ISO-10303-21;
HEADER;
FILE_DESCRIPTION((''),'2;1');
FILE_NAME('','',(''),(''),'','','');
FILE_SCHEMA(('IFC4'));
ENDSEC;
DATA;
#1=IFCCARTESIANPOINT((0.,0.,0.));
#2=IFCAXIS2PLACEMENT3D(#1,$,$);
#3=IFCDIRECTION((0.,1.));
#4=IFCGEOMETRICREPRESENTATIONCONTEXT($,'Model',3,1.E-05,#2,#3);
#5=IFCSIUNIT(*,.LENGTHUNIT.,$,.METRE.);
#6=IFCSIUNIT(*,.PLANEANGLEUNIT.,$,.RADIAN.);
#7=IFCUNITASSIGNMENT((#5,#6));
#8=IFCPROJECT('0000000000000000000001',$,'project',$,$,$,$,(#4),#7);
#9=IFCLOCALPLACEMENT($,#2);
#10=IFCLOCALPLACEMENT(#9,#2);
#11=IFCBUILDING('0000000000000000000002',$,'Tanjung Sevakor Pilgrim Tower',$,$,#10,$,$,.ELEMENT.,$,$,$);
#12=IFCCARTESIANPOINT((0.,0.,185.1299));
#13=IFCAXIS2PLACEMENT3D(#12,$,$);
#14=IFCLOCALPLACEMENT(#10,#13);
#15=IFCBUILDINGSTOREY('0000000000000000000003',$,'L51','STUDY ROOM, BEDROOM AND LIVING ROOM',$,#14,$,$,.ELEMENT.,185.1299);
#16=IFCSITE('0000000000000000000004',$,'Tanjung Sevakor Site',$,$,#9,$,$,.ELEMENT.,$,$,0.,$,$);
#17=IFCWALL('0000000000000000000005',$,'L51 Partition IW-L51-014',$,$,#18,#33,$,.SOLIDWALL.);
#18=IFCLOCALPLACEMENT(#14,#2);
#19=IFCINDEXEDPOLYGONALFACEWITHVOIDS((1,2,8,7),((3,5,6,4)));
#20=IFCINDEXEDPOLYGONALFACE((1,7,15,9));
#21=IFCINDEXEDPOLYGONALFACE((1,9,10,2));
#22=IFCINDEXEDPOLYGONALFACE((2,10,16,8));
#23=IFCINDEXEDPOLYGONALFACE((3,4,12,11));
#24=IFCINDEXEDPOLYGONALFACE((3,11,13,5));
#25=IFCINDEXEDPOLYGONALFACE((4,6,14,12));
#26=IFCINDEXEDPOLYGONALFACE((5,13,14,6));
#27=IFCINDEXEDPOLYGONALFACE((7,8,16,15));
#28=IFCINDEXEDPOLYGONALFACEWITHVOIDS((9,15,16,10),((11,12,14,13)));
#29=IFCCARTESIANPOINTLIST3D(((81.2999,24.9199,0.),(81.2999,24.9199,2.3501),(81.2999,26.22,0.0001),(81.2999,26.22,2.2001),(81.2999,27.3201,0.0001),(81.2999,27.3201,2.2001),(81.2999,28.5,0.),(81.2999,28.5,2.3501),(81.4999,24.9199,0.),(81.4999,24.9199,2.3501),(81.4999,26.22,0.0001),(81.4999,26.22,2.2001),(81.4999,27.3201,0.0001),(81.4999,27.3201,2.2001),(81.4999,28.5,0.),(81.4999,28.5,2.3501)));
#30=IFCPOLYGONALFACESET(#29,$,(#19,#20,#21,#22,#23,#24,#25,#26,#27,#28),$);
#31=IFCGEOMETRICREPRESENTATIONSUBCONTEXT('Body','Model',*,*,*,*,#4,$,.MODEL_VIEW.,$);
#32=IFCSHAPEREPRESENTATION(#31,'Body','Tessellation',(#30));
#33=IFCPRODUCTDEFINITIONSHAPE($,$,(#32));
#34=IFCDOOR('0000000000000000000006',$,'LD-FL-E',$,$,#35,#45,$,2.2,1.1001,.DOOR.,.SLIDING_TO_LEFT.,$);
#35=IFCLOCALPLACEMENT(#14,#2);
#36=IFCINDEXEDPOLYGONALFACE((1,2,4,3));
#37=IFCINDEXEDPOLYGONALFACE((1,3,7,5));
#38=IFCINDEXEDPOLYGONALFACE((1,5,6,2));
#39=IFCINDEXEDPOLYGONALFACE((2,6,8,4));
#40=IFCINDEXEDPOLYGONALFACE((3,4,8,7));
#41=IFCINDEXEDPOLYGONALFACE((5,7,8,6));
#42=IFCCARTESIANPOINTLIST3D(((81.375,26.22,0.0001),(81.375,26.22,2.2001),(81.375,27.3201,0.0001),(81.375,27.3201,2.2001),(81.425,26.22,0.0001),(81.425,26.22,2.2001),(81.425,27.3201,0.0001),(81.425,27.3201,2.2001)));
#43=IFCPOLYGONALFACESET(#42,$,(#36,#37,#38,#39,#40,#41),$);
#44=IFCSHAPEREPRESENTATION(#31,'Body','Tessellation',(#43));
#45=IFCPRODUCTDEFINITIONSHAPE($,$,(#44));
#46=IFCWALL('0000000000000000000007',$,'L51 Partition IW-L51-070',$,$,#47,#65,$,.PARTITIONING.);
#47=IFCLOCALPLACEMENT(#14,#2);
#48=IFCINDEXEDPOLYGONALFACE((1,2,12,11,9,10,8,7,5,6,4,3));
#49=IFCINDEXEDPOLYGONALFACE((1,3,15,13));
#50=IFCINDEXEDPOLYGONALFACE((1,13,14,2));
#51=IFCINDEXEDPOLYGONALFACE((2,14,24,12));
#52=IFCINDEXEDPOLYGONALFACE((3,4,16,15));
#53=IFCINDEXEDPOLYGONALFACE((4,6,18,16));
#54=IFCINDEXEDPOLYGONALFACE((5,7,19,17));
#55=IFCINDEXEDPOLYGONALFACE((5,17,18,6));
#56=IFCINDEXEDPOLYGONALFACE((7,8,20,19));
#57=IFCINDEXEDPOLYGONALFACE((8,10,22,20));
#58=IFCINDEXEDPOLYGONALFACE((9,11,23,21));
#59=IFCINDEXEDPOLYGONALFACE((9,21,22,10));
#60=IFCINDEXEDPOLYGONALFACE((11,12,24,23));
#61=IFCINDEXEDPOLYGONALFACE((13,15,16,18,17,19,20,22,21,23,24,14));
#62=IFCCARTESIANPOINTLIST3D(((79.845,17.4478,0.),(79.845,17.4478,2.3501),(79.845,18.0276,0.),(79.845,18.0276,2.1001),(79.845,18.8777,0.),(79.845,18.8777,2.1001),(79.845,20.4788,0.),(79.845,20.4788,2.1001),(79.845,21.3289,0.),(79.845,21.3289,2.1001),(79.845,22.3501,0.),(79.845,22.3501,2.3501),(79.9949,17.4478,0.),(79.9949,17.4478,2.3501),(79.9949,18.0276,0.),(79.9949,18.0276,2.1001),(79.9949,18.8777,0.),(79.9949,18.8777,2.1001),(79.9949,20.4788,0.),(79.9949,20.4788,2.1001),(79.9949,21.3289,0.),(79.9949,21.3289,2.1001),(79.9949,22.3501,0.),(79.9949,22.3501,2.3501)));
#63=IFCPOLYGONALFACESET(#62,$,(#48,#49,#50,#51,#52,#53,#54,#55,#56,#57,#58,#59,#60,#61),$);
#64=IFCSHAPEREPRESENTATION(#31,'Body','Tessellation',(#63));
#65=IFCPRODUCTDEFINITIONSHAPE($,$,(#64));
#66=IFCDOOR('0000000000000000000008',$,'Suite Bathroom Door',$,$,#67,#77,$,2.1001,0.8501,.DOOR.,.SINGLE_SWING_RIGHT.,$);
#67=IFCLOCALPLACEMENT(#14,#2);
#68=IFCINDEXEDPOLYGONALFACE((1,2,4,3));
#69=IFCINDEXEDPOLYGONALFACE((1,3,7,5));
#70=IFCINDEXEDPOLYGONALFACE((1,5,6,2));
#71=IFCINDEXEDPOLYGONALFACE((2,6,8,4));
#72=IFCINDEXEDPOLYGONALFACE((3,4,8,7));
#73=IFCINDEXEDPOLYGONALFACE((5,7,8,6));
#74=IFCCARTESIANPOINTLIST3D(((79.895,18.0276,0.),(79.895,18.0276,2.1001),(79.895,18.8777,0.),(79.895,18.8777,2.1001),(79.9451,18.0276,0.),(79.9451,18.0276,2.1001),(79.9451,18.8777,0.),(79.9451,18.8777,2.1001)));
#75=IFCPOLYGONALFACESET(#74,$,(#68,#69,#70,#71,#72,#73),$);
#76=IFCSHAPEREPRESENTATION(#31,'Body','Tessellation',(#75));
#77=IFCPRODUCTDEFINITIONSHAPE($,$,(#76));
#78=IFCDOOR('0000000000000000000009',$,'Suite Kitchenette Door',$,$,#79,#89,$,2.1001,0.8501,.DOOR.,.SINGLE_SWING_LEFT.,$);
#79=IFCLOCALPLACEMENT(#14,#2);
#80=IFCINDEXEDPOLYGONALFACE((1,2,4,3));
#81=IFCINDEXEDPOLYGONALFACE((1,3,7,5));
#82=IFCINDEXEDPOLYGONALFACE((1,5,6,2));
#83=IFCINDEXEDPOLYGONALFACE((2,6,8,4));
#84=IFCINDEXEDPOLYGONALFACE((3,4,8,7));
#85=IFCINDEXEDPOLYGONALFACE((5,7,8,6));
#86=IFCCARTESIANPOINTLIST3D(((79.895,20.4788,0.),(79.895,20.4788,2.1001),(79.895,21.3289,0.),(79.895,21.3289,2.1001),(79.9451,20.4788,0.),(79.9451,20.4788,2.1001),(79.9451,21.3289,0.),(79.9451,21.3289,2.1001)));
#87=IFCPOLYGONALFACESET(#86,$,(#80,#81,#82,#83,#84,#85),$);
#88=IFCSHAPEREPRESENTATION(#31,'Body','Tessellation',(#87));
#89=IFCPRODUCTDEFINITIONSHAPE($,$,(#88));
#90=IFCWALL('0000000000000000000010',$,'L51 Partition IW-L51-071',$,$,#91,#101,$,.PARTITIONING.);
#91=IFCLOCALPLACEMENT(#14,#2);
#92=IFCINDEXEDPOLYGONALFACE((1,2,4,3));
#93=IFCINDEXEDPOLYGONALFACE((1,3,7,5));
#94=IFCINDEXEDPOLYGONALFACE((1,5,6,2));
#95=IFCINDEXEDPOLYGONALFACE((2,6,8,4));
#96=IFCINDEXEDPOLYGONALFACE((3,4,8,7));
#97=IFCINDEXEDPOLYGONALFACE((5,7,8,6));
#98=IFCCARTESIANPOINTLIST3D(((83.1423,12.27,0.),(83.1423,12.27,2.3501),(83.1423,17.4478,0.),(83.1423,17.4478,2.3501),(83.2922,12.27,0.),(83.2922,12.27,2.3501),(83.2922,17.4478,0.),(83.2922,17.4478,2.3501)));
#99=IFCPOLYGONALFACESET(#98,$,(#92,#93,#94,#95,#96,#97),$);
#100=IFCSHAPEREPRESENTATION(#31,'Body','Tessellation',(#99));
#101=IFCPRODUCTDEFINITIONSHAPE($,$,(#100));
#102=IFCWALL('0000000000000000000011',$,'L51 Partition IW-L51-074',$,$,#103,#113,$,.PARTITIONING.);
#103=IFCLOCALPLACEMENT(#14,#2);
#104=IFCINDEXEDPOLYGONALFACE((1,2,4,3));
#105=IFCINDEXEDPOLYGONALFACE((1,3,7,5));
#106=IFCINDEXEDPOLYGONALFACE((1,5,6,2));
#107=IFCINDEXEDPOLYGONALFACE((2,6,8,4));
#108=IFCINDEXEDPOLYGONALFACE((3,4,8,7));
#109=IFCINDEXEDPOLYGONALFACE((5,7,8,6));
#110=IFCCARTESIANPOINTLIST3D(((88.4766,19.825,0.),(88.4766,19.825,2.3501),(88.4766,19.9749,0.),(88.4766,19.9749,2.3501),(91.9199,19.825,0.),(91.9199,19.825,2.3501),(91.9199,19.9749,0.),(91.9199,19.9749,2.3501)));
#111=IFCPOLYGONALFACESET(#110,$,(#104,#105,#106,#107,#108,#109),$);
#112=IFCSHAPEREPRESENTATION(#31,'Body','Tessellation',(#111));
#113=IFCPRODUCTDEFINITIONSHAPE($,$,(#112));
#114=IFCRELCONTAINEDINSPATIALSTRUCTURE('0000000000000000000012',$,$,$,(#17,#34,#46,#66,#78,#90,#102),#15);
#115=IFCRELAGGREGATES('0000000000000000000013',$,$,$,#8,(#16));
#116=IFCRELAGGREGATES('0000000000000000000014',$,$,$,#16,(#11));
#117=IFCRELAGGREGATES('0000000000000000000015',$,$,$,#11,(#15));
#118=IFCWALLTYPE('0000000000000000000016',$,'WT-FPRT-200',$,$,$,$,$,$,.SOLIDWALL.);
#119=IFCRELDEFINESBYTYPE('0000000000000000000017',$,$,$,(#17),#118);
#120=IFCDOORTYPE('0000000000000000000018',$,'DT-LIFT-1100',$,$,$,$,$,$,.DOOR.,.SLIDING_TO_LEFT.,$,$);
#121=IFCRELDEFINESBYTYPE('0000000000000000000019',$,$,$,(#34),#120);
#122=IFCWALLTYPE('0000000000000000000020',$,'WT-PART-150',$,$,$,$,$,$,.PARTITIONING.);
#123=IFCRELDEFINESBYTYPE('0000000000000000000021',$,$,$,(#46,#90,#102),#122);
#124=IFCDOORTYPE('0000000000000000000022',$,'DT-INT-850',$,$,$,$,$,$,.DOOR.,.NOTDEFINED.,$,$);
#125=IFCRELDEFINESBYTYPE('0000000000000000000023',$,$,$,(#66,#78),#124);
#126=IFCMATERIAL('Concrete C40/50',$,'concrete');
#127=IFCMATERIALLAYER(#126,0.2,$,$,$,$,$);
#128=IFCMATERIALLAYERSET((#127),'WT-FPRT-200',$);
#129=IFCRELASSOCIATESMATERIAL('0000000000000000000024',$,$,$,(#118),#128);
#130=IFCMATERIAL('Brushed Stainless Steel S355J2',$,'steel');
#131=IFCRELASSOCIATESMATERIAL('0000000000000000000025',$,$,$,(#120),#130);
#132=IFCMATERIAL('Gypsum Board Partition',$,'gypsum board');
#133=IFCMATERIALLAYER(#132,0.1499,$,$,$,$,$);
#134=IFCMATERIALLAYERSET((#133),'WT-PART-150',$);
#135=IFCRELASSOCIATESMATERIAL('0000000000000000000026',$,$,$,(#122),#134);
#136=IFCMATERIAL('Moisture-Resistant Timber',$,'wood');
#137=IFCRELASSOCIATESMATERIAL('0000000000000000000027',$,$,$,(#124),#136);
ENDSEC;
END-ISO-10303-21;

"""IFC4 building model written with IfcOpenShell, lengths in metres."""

from ifc_helpers import new_model, si_unit, direction, frame, frame_2d, origin, place, context, subcontext, project, spatial, rectangle, extrude, material, layer, layer_set, type_object, element, fill, save


model = new_model("IFC4")

# Units and contexts
model_context = context("Model", 3, precision=1e-05, world=origin(), true_north=direction((0.0, 1.0)))
body_context = subcontext(model_context, "Body", "Model", "MODEL_VIEW")
ifc_project = project(units=[si_unit("LENGTHUNIT", "METRE"), si_unit("PLANEANGLEUNIT", "RADIAN")], contexts=[model_context])

# Site, building, storey
site_placement = place(None, origin())
site = spatial("IfcSite", under=ifc_project, at=site_placement, Name="Tanjung Sevakor Site", CompositionType="ELEMENT", RefElevation=0.0)
building_placement = place(site_placement, origin())
building = spatial("IfcBuilding", under=site, at=building_placement, Name="Tanjung Sevakor Pilgrim Tower", CompositionType="ELEMENT")
storey_placement = place(building_placement, frame((0.0, 0.0, 185.1299)))
storey = spatial("IfcBuildingStorey", under=building, at=storey_placement, Name="L51", Description="STUDY ROOM, BEDROOM AND LIVING ROOM", CompositionType="ELEMENT", Elevation=185.1299)

# Wall, opening, door
ifc_material_1 = material(Name="Concrete C40/50", Category="concrete")
ifc_layer_1 = layer(ifc_material_1, 0.2)
ifc_layer_set_1 = layer_set([ifc_layer_1], Name="WT-FPRT-200")
wall_type_1 = type_object("IfcWallType", Name="WT-FPRT-200", PredefinedType="SOLIDWALL", material=ifc_layer_set_1)
wall_1_placement = place(storey_placement, frame((81.3999, 24.9199, 0.0), z_axis=(0.0, 0.0, 1.0), x_axis=(0.0, 1.0, 0.0)))
wall_1 = element("IfcWall", 1, at=wall_1_placement, inside=storey, type_object=wall_type_1, Name="L51 Partition IW-L51-014", PredefinedType="SOLIDWALL", context=body_context, shape_type="SweptSolid", body=[
    extrude(rectangle(XDim=3.5801, YDim=0.2, at=frame_2d((1.79, 0.0))), origin(), (0.0, 0.0, 1.0), 2.3501),
])
opening_1_placement = place(wall_1_placement, frame((1.3, 0.0, 0.0)))
opening_1 = element("IfcOpeningElement", 2, at=opening_1_placement, cuts=wall_1, PredefinedType="OPENING", context=body_context, shape_type="SweptSolid", body=[
    extrude(rectangle(XDim=1.1001, YDim=2.2, at=frame_2d((0.55, 1.1001))), frame((0.0, 0.1099, 0.0), z_axis=(0.0, -1.0, 0.0), x_axis=(1.0, 0.0, 0.0)), (0.0, 0.0, 1.0), 0.22),
])
ifc_material_2 = material(Name="Brushed Stainless Steel S355J2", Category="steel")
door_type_1 = type_object("IfcDoorType", Name="DT-LIFT-1100", OperationType="SLIDING_TO_LEFT", PredefinedType="DOOR", material=ifc_material_2)
door_1_placement = place(opening_1_placement, origin())
door_1 = element("IfcDoor", 3, at=door_1_placement, inside=storey, type_object=door_type_1, Name="LD-FL-E", OperationType="SLIDING_TO_LEFT", OverallHeight=2.2, OverallWidth=1.1001, PredefinedType="DOOR", context=body_context, shape_type="SweptSolid", body=[
    extrude(rectangle(XDim=1.1001, YDim=2.2, at=frame_2d((0.55, 1.1001))), frame((0.0, 0.0249, 0.0), z_axis=(0.0, -1.0, 0.0), x_axis=(1.0, 0.0, 0.0)), (0.0, 0.0, 1.0), 0.05),
])
fill(opening_1, door_1)

# Wall, openings, doors
ifc_material_3 = material(Name="Gypsum Board Partition", Category="gypsum board")
ifc_layer_2 = layer(ifc_material_3, 0.1499)
ifc_layer_set_2 = layer_set([ifc_layer_2], Name="WT-PART-150")
wall_type_2 = type_object("IfcWallType", Name="WT-PART-150", PredefinedType="PARTITIONING", material=ifc_layer_set_2)
wall_2_placement = place(storey_placement, frame((79.9199, 17.4478, 0.0), z_axis=(0.0, 0.0, 1.0), x_axis=(0.0, 1.0, 0.0)))
wall_2 = element("IfcWall", 4, at=wall_2_placement, inside=storey, type_object=wall_type_2, Name="L51 Partition IW-L51-070", PredefinedType="PARTITIONING", context=body_context, shape_type="SweptSolid", body=[
    extrude(rectangle(XDim=4.9023, YDim=0.1499, at=frame_2d((2.4512, 0.0))), origin(), (0.0, 0.0, 1.0), 2.3501),
])
opening_2_placement = place(wall_2_placement, frame((0.5798, 0.0, 0.0)))
opening_2 = element("IfcOpeningElement", 5, at=opening_2_placement, cuts=wall_2, PredefinedType="OPENING", context=body_context, shape_type="SweptSolid", body=[
    extrude(rectangle(XDim=0.8501, YDim=2.1001, at=frame_2d((0.425, 1.05))), frame((0.0, 0.085, 0.0), z_axis=(0.0, -1.0, 0.0), x_axis=(1.0, 0.0, 0.0)), (0.0, 0.0, 1.0), 0.1699),
])
opening_3_placement = place(wall_2_placement, frame((3.031, 0.0, 0.0)))
opening_3 = element("IfcOpeningElement", 6, at=opening_3_placement, cuts=wall_2, PredefinedType="OPENING", context=body_context, shape_type="SweptSolid", body=[
    extrude(rectangle(XDim=0.8501, YDim=2.1001, at=frame_2d((0.425, 1.05))), frame((0.0, 0.085, 0.0), z_axis=(0.0, -1.0, 0.0), x_axis=(1.0, 0.0, 0.0)), (0.0, 0.0, 1.0), 0.1699),
])
ifc_material_4 = material(Name="Moisture-Resistant Timber", Category="wood")
door_type_2 = type_object("IfcDoorType", Name="DT-INT-850", OperationType="NOTDEFINED", PredefinedType="DOOR", material=ifc_material_4)
door_2_placement = place(opening_2_placement, origin())
door_2 = element("IfcDoor", 7, at=door_2_placement, inside=storey, type_object=door_type_2, Name="Suite Bathroom Door", OperationType="SINGLE_SWING_RIGHT", OverallHeight=2.1001, OverallWidth=0.8501, PredefinedType="DOOR", context=body_context, shape_type="SweptSolid", body=[
    extrude(rectangle(XDim=0.8501, YDim=2.1001, at=frame_2d((0.425, 1.05))), frame((0.0, 0.0249, 0.0), z_axis=(0.0, -1.0, 0.0), x_axis=(1.0, 0.0, 0.0)), (0.0, 0.0, 1.0), 0.05),
])
fill(opening_2, door_2)
door_3_placement = place(opening_3_placement, origin())
door_3 = element("IfcDoor", 8, at=door_3_placement, inside=storey, type_object=door_type_2, Name="Suite Kitchenette Door", OperationType="SINGLE_SWING_LEFT", OverallHeight=2.1001, OverallWidth=0.8501, PredefinedType="DOOR", context=body_context, shape_type="SweptSolid", body=[
    extrude(rectangle(XDim=0.8501, YDim=2.1001, at=frame_2d((0.425, 1.05))), frame((0.0, 0.0249, 0.0), z_axis=(0.0, -1.0, 0.0), x_axis=(1.0, 0.0, 0.0)), (0.0, 0.0, 1.0), 0.05),
])
fill(opening_3, door_3)

# Walls
wall_3_placement = place(storey_placement, frame((83.2173, 12.27, 0.0), z_axis=(0.0, 0.0, 1.0), x_axis=(0.0, 1.0, 0.0)))
element("IfcWall", 9, at=wall_3_placement, inside=storey, type_object=wall_type_2, Name="L51 Partition IW-L51-071", PredefinedType="PARTITIONING", context=body_context, shape_type="SweptSolid", body=[
    extrude(rectangle(XDim=5.1777, YDim=0.1499, at=frame_2d((2.5889, 0.0))), origin(), (0.0, 0.0, 1.0), 2.3501),
])
wall_4_placement = place(storey_placement, frame((88.4766, 19.8999, 0.0), z_axis=(0.0, 0.0, 1.0), x_axis=(1.0, 0.0, 0.0)))
element("IfcWall", 10, at=wall_4_placement, inside=storey, type_object=wall_type_2, Name="L51 Partition IW-L51-074", PredefinedType="PARTITIONING", context=body_context, shape_type="SweptSolid", body=[
    extrude(rectangle(XDim=3.4434, YDim=0.1499, at=frame_2d((1.7217, 0.0))), origin(), (0.0, 0.0, 1.0), 2.3501),
])

save(model, "model.ifc")
